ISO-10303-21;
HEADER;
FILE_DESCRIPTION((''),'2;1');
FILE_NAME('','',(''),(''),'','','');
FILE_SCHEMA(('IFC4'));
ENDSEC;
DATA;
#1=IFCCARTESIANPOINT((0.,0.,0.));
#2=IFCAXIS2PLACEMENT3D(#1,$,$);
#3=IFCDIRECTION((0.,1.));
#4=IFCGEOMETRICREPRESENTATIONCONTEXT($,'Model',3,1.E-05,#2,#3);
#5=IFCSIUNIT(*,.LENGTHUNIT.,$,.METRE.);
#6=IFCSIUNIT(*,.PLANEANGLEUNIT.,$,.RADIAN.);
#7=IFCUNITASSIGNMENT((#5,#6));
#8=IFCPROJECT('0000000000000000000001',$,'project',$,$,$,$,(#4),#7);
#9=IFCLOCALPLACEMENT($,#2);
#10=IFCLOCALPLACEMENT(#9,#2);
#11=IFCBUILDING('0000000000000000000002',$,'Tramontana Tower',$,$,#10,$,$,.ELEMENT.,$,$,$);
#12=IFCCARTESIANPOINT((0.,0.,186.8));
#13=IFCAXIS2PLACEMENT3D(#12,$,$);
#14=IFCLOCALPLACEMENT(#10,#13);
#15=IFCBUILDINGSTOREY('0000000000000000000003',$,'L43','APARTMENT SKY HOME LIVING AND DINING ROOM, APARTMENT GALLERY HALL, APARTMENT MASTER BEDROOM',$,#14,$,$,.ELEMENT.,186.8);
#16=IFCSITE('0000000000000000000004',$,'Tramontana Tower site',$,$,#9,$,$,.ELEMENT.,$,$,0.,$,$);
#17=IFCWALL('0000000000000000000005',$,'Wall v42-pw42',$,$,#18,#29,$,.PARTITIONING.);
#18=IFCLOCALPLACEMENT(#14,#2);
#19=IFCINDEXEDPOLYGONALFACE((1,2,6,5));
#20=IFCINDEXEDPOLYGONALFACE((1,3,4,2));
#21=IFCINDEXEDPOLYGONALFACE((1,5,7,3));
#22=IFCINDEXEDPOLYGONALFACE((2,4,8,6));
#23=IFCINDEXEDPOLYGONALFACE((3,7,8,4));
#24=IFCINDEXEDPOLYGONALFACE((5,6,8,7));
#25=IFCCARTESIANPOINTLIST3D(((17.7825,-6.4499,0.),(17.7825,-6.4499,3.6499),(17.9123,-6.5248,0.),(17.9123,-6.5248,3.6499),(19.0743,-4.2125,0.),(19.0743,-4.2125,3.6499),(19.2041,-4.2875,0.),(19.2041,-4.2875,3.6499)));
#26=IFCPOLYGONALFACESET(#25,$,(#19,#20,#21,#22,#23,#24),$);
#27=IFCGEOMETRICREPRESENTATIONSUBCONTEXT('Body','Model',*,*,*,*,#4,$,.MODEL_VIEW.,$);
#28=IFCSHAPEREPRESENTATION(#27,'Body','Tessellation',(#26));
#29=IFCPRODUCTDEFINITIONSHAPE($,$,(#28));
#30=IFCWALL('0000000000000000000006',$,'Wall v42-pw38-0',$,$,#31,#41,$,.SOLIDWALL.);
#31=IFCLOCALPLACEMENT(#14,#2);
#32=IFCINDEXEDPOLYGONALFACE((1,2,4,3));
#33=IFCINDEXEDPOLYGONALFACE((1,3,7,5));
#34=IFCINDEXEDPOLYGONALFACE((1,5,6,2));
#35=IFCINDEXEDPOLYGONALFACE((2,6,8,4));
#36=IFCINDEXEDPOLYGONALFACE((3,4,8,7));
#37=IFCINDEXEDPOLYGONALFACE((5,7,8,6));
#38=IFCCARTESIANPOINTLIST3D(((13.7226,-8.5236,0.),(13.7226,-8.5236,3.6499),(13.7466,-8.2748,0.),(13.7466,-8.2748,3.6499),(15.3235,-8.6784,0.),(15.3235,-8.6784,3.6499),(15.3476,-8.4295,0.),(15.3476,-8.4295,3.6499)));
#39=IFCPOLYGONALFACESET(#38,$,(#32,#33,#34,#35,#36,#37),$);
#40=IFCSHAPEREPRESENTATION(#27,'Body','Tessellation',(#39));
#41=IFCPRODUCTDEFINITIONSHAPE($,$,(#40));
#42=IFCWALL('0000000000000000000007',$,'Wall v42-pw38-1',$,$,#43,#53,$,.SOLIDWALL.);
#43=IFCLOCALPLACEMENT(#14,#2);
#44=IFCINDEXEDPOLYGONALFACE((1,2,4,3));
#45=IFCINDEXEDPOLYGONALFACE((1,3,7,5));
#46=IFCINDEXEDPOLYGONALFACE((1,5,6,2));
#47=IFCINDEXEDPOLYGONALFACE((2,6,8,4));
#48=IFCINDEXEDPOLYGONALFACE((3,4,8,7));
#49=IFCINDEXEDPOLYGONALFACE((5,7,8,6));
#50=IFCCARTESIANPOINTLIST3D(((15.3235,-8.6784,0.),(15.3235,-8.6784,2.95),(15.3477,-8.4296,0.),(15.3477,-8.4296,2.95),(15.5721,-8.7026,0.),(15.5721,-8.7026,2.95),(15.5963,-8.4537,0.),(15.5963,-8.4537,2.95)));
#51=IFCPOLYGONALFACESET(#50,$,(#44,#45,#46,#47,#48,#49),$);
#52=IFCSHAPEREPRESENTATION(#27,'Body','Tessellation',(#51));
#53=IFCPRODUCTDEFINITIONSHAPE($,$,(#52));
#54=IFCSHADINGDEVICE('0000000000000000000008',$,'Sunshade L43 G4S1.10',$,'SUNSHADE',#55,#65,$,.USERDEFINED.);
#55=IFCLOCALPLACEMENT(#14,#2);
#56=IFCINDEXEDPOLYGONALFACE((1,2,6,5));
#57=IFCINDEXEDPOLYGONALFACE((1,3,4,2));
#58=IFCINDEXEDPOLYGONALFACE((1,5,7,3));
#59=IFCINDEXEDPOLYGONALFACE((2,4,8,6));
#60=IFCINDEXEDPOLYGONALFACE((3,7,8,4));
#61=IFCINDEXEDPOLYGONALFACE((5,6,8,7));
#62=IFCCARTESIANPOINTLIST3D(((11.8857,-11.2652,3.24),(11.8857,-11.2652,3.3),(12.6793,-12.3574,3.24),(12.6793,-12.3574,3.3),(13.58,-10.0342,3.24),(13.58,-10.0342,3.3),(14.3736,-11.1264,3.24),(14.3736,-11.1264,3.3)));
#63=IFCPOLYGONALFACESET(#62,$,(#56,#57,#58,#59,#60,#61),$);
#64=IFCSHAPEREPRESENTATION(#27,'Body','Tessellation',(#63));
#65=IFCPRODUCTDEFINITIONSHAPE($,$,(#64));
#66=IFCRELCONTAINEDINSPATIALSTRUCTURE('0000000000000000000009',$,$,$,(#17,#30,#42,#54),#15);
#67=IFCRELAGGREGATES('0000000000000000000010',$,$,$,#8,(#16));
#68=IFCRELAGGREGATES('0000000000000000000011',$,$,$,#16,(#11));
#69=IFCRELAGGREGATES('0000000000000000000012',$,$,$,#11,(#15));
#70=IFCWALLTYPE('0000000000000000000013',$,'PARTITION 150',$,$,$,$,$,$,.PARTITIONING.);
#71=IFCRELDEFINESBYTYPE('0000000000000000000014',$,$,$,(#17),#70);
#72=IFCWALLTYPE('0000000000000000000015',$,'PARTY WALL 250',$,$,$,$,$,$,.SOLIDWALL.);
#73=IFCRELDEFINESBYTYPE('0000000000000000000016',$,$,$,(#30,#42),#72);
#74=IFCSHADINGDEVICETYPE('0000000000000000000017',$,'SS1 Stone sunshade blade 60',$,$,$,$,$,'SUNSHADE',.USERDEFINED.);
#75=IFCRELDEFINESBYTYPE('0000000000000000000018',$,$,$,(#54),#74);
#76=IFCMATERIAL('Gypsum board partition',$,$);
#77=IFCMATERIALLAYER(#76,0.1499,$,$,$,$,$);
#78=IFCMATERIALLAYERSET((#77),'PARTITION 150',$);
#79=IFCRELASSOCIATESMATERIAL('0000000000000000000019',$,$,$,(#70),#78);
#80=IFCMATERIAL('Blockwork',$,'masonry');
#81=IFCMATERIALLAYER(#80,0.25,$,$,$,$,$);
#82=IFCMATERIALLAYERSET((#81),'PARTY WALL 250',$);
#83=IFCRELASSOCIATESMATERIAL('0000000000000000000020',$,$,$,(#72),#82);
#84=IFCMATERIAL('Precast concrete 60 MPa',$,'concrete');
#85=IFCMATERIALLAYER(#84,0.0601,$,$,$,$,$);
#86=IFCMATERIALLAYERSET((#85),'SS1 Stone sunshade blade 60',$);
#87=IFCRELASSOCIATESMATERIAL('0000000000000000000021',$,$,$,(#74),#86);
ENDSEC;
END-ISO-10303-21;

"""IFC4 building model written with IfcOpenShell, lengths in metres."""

from ifc_helpers import new_model, si_unit, direction, frame, frame_2d, origin, origin_2d, place, context, subcontext, project, spatial, rectangle, extrude, material, layer, layer_set, type_object, element, save


model = new_model("IFC4")

# Units and contexts
model_context = context("Model", 3, precision=1e-05, world=origin(), true_north=direction((0.0, 1.0)))
body_context = subcontext(model_context, "Body", "Model", "MODEL_VIEW")
ifc_project = project(units=[si_unit("LENGTHUNIT", "METRE"), si_unit("PLANEANGLEUNIT", "RADIAN")], contexts=[model_context])

# Site, building, storey
site_placement = place(None, origin())
site = spatial("IfcSite", under=ifc_project, at=site_placement, Name="Tramontana Tower site", CompositionType="ELEMENT", RefElevation=0.0)
building_placement = place(site_placement, origin())
building = spatial("IfcBuilding", under=site, at=building_placement, Name="Tramontana Tower", CompositionType="ELEMENT")
storey_placement = place(building_placement, frame((0.0, 0.0, 186.8)))
storey = spatial("IfcBuildingStorey", under=building, at=storey_placement, Name="L43", Description="APARTMENT SKY HOME LIVING AND DINING ROOM, APARTMENT GALLERY HALL, APARTMENT MASTER BEDROOM", CompositionType="ELEMENT", Elevation=186.8)

# Shared definitions
ifc_material_1 = material(Name="Gypsum board partition")
ifc_layer_1 = layer(ifc_material_1, 0.1499)
ifc_layer_set_1 = layer_set([ifc_layer_1], Name="PARTITION 150")
wall_type_1 = type_object("IfcWallType", Name="PARTITION 150", PredefinedType="PARTITIONING", material=ifc_layer_set_1)

# Walls
wall_1_placement = place(storey_placement, frame((19.1392, -4.25, 0.0), z_axis=(0.0, 0.0, 1.0), x_axis=(-0.500011, -0.866019, 0.0)))
element("IfcWall", 1, at=wall_1_placement, inside=storey, type_object=wall_type_1, Name="Wall v42-pw42", PredefinedType="PARTITIONING", context=body_context, shape_type="SweptSolid", body=[
    extrude(rectangle(XDim=2.5835, YDim=0.1499, at=frame_2d((1.2917, 0.0))), origin(), (0.0, 0.0, 1.0), 3.6499),
])
ifc_material_2 = material(Name="Blockwork", Category="masonry")
ifc_layer_2 = layer(ifc_material_2, 0.25)
ifc_layer_set_2 = layer_set([ifc_layer_2], Name="PARTY WALL 250")
wall_type_2 = type_object("IfcWallType", Name="PARTY WALL 250", PredefinedType="SOLIDWALL", material=ifc_layer_set_2)
wall_2_placement = place(storey_placement, frame((13.7346, -8.3992, 0.0), z_axis=(0.0, 0.0, 1.0), x_axis=(0.995358, -0.096242, 0.0)))
element("IfcWall", 2, at=wall_2_placement, inside=storey, type_object=wall_type_2, Name="Wall v42-pw38-0", PredefinedType="SOLIDWALL", context=body_context, shape_type="SweptSolid", body=[
    extrude(rectangle(XDim=1.6084, YDim=0.25, at=frame_2d((0.8042, 0.0))), origin(), (0.0, 0.0, 1.0), 3.6499),
])
wall_3_placement = place(storey_placement, frame((15.3354, -8.554, 0.0), z_axis=(0.0, 0.0, 1.0), x_axis=(0.995305, -0.096793, 0.0)))
element("IfcWall", 3, at=wall_3_placement, inside=storey, type_object=wall_type_2, Name="Wall v42-pw38-1", PredefinedType="SOLIDWALL", context=body_context, shape_type="SweptSolid", body=[
    extrude(rectangle(XDim=0.2498, YDim=0.25, at=frame_2d((0.125, 0.0))), origin(), (0.0, 0.0, 1.0), 2.95),
])

# Shading device
ifc_material_3 = material(Name="Precast concrete 60 MPa", Category="concrete")
ifc_layer_3 = layer(ifc_material_3, 0.0601)
ifc_layer_set_3 = layer_set([ifc_layer_3], Name="SS1 Stone sunshade blade 60")
shading_device_type = type_object("IfcShadingDeviceType", Name="SS1 Stone sunshade blade 60", ElementType="SUNSHADE", PredefinedType="USERDEFINED", material=ifc_layer_set_3)
shading_device_placement = place(storey_placement, frame((13.1296, -11.1958, 3.24), z_axis=(0.0, 0.0, 1.0), x_axis=(0.809017, 0.587785, 0.0)))
element("IfcShadingDevice", 4, at=shading_device_placement, inside=storey, type_object=shading_device_type, Name="Sunshade L43 G4S1.10", ObjectType="SUNSHADE", PredefinedType="USERDEFINED", context=body_context, shape_type="SweptSolid", body=[
    extrude(rectangle(XDim=2.0942, YDim=1.3501, at=origin_2d()), origin(), (0.0, 0.0, 1.0), 0.0601),
])

save(model, "model.ifc")
